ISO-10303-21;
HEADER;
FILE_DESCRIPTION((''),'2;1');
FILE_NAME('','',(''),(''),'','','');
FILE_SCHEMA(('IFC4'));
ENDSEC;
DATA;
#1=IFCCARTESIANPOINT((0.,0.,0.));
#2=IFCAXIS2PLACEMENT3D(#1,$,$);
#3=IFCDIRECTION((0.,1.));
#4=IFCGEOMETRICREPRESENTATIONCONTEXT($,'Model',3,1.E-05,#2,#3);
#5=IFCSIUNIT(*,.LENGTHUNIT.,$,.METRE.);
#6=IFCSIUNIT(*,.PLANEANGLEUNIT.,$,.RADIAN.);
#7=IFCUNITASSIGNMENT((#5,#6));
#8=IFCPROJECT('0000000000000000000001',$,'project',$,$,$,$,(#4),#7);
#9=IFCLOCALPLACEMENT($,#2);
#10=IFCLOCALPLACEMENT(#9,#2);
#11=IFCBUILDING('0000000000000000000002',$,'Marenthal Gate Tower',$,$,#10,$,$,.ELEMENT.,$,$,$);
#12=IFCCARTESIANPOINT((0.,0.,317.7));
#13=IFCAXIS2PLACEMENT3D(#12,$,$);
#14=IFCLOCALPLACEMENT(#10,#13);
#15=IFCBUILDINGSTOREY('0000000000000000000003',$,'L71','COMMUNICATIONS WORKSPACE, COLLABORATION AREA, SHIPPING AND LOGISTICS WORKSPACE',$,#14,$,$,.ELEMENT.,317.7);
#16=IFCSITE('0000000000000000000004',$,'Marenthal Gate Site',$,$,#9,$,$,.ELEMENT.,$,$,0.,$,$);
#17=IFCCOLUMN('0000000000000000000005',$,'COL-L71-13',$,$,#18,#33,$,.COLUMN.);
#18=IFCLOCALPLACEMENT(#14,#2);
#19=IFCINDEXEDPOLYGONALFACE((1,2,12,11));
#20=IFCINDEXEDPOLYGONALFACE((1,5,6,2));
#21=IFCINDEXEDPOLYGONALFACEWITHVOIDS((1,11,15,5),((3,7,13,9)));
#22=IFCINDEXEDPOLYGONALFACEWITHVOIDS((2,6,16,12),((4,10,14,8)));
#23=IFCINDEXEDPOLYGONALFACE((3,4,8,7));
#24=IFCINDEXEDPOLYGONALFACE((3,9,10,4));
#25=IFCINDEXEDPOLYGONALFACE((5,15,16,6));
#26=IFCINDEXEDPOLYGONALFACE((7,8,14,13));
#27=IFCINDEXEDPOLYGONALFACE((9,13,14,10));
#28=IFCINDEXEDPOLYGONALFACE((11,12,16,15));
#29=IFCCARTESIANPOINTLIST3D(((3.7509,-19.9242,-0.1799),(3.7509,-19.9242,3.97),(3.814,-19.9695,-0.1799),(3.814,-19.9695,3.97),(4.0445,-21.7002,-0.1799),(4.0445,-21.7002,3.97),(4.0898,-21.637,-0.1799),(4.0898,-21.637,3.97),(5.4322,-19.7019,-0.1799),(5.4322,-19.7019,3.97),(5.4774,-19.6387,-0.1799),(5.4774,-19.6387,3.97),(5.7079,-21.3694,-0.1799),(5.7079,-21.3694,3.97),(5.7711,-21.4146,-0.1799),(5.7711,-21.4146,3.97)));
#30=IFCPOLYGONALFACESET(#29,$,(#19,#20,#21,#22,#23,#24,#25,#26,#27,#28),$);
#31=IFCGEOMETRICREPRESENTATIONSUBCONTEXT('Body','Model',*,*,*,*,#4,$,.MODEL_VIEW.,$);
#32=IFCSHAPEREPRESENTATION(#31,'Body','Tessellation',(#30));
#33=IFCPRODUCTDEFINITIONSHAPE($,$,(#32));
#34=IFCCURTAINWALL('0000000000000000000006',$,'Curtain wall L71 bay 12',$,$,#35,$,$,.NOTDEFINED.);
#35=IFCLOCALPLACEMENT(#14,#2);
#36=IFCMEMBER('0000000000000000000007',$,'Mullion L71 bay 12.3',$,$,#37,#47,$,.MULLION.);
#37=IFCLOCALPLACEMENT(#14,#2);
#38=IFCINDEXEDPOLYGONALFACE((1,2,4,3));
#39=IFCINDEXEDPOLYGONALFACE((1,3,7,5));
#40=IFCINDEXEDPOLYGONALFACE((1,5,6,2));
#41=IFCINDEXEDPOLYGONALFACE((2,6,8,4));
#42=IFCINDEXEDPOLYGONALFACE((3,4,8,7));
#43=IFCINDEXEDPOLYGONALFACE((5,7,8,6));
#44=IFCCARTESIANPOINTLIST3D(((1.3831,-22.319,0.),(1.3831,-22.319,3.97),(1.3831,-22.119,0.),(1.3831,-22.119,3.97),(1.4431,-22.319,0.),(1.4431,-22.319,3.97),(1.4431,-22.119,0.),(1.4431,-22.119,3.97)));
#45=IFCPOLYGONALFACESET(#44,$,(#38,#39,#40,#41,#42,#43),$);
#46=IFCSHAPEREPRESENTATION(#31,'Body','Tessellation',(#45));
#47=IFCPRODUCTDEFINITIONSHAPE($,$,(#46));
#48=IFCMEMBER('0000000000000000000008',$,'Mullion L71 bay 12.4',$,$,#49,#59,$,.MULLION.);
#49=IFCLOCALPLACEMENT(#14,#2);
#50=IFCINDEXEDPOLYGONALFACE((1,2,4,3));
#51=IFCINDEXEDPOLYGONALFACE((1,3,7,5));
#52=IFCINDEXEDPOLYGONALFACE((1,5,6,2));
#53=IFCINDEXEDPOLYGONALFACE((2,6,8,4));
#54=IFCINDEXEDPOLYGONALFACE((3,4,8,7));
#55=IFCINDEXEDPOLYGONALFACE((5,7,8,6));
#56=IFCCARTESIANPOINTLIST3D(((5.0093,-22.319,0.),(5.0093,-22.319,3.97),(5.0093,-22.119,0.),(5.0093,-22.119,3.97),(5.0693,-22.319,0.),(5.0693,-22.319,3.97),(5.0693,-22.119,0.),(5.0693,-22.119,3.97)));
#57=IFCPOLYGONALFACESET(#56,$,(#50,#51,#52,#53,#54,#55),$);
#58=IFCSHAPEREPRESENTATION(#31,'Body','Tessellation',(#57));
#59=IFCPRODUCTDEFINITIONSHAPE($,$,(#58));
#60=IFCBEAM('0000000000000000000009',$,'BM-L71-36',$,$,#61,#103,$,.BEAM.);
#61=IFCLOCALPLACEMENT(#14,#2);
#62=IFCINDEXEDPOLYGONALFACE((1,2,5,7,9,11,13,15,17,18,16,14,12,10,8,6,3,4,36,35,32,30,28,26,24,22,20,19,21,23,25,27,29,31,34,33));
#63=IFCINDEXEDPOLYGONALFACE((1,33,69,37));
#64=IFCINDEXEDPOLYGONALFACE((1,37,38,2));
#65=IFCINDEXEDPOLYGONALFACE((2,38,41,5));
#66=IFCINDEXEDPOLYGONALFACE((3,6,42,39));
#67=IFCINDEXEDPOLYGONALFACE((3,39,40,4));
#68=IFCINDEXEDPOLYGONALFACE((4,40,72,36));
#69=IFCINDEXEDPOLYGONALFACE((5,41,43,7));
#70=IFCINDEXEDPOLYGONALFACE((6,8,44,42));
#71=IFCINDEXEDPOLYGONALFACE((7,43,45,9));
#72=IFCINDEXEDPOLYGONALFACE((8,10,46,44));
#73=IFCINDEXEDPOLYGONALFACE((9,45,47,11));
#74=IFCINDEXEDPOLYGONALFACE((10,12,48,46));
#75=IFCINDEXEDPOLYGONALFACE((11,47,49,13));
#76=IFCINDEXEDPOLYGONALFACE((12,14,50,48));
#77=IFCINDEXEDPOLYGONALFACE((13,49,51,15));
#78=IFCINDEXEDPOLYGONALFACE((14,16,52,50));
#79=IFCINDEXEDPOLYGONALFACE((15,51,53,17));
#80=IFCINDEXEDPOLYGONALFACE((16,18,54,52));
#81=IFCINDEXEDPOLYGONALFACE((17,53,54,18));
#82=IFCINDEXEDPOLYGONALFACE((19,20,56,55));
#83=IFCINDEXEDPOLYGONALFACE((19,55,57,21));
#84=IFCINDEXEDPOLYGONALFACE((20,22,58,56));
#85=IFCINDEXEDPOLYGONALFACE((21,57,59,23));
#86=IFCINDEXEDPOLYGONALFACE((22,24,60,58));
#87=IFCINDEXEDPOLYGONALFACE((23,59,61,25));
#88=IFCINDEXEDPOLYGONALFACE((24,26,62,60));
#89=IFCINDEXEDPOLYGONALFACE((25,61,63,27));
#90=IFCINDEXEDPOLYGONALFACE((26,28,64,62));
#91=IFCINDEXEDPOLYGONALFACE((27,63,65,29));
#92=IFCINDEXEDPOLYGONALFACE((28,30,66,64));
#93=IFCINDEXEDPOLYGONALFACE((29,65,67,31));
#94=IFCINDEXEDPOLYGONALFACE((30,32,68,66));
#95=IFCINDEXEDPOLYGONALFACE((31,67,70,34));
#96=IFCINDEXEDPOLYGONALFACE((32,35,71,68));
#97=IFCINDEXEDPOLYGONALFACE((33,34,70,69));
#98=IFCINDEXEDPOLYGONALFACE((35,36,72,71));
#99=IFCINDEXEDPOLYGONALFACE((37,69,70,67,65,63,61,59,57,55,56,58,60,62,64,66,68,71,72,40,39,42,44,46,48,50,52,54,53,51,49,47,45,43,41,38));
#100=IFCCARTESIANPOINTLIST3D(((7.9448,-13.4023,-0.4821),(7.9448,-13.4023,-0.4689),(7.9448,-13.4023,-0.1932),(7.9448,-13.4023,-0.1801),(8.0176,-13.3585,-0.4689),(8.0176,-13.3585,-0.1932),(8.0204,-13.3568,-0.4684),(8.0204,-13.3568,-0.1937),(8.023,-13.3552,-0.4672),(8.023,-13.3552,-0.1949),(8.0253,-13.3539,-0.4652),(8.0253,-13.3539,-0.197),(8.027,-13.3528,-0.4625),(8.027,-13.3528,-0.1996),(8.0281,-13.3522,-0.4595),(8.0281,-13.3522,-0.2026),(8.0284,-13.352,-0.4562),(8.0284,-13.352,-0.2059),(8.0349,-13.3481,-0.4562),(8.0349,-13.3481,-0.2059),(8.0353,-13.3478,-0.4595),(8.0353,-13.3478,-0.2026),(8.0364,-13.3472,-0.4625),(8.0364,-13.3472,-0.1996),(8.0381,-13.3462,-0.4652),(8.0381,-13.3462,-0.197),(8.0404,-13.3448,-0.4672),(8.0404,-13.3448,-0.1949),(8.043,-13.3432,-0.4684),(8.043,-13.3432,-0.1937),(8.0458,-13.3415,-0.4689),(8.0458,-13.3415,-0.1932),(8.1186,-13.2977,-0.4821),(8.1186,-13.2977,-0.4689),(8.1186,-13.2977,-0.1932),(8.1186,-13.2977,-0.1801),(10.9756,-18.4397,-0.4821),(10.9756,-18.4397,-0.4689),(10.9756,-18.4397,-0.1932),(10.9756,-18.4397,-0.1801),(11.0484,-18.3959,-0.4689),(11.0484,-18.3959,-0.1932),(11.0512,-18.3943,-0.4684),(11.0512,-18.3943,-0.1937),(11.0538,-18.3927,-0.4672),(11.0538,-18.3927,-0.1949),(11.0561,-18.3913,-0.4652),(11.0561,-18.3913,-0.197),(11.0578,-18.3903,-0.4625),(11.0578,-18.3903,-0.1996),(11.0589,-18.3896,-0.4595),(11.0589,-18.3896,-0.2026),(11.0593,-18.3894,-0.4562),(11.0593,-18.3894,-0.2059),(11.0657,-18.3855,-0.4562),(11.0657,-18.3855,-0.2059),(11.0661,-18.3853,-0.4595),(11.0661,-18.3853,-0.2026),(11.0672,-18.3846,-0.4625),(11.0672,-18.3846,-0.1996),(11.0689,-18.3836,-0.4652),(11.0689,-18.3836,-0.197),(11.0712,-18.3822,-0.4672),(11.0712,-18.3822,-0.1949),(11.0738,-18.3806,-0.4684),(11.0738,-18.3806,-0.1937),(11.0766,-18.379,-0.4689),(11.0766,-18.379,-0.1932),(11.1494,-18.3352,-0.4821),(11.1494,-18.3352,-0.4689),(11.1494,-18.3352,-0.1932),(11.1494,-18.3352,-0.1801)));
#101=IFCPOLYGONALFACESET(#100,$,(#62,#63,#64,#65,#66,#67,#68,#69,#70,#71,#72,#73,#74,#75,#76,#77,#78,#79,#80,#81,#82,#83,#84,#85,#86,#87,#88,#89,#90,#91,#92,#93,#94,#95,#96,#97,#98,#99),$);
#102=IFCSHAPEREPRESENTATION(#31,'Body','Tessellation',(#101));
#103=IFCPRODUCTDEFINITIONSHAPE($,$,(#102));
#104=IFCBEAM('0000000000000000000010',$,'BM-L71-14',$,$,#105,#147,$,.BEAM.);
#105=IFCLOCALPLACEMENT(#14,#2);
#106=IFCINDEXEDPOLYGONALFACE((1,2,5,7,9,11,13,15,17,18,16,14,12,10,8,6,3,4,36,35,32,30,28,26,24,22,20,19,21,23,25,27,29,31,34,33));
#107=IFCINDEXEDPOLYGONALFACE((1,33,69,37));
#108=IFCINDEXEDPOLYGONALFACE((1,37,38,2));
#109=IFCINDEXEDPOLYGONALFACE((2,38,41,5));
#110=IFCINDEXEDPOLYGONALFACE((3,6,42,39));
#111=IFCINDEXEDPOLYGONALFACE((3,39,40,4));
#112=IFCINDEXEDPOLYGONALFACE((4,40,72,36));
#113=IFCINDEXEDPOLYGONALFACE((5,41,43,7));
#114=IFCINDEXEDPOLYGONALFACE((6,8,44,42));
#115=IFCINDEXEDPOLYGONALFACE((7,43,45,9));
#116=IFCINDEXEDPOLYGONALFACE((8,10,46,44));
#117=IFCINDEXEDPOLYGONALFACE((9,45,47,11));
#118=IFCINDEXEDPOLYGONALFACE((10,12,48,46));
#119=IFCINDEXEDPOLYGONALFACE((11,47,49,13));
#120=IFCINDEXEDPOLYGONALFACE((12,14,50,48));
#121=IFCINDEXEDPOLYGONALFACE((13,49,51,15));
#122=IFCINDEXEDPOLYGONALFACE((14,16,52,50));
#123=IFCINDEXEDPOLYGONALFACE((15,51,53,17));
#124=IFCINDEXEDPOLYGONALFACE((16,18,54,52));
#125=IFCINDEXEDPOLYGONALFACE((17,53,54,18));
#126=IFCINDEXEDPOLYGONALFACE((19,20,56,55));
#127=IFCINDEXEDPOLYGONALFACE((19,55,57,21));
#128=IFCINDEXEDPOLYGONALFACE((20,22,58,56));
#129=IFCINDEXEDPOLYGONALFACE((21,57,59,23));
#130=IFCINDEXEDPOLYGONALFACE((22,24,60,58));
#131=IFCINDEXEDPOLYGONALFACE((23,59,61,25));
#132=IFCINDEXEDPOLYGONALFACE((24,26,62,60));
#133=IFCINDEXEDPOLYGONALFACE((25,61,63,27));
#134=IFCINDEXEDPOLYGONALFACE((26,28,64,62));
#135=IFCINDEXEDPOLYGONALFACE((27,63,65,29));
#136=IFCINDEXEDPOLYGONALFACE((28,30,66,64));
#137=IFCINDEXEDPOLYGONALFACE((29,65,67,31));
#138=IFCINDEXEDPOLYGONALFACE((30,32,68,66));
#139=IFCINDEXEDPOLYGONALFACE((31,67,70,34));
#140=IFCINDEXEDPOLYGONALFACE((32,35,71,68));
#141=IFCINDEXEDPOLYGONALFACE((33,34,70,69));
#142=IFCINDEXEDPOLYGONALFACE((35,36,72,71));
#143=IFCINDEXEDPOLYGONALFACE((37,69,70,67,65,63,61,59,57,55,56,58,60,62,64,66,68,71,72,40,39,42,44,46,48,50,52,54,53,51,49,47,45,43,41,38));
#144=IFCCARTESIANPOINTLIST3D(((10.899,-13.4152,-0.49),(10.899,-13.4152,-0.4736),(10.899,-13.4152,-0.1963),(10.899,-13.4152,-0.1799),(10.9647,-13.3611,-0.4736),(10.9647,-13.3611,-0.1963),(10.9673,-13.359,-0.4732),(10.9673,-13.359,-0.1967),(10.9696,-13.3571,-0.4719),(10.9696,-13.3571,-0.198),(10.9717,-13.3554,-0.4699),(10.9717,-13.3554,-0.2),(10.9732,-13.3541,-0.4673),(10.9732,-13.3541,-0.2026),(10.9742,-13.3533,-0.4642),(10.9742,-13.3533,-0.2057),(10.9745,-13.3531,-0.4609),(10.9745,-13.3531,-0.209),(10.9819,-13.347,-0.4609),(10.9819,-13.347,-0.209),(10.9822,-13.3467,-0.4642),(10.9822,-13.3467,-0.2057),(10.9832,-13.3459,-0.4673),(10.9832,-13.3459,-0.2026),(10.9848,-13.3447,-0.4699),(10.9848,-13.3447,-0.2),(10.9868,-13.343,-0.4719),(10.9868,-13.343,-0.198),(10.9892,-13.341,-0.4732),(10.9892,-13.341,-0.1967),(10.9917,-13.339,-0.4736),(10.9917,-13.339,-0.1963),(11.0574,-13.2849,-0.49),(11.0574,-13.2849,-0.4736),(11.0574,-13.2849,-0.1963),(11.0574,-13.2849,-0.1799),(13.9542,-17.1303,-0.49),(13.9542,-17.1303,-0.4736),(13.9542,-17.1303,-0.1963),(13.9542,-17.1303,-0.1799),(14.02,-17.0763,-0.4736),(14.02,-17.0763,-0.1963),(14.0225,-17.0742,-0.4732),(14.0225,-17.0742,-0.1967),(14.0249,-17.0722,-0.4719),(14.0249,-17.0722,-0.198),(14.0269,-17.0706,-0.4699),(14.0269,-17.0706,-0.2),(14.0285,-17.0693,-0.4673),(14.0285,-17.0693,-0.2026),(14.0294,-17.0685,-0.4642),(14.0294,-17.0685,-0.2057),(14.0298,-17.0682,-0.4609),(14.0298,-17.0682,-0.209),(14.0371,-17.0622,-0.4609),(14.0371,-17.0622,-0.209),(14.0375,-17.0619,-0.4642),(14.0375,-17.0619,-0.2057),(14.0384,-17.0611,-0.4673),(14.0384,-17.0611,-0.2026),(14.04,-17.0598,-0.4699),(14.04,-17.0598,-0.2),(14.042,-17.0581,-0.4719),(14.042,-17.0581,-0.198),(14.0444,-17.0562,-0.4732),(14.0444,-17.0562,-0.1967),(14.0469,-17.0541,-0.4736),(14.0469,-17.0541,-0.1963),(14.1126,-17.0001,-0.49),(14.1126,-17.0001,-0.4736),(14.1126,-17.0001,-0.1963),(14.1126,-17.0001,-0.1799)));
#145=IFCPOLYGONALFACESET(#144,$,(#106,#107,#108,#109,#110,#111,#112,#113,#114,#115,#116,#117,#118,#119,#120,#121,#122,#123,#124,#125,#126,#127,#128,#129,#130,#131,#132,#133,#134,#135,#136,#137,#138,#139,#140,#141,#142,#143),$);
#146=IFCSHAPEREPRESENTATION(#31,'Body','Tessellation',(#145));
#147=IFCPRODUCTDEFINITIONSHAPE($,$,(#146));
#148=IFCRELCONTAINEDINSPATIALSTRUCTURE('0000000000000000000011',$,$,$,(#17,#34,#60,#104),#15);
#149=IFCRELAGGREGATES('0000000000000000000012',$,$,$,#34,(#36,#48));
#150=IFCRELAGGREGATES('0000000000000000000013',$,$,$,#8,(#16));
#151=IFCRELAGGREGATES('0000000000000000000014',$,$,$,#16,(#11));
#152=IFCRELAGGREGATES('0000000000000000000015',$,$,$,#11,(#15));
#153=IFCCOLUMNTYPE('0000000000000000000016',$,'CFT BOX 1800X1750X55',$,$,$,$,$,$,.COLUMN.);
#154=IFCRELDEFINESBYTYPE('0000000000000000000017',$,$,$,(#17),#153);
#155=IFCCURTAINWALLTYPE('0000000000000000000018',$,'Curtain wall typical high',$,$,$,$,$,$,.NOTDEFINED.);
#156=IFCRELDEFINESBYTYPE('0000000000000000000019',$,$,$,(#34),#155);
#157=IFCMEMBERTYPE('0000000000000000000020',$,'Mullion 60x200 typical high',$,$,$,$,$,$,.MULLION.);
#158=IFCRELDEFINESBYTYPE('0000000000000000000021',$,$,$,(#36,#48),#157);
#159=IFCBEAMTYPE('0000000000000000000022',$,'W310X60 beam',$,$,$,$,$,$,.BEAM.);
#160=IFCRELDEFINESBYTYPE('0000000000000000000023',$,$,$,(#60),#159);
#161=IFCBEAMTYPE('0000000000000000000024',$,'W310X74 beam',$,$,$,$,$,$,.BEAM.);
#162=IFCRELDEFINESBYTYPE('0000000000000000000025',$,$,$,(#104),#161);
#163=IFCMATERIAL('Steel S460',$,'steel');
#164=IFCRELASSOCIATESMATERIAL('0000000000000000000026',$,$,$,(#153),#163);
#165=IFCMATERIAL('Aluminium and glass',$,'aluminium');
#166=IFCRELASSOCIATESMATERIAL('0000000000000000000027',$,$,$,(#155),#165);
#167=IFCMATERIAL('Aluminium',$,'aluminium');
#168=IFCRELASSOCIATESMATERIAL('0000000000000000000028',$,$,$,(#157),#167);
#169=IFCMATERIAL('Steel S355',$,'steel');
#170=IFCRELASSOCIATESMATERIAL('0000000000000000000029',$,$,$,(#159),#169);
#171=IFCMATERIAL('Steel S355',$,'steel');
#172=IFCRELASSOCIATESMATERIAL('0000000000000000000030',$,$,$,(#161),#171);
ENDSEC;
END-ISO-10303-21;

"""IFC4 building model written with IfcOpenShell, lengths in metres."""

from ifc_helpers import new_model, si_unit, direction, frame, origin, origin_2d, place, context, subcontext, project, spatial, rectangle, hollow_rectangle, i_section, extrude, material, material_profile, profile_set, type_object, element, aggregate, save


model = new_model("IFC4")

# Units and contexts
model_context = context("Model", 3, precision=1e-05, world=origin(), true_north=direction((0.0, 1.0)))
body_context = subcontext(model_context, "Body", "Model", "MODEL_VIEW")
ifc_project = project(units=[si_unit("LENGTHUNIT", "METRE"), si_unit("PLANEANGLEUNIT", "RADIAN")], contexts=[model_context])

# Site, building, storey
site_placement = place(None, origin())
site = spatial("IfcSite", under=ifc_project, at=site_placement, Name="Marenthal Gate Site", CompositionType="ELEMENT", RefElevation=0.0)
building_placement = place(site_placement, origin())
building = spatial("IfcBuilding", under=site, at=building_placement, Name="Marenthal Gate Tower", CompositionType="ELEMENT")
storey_placement = place(building_placement, frame((0.0, 0.0, 317.7)))
storey = spatial("IfcBuildingStorey", under=building, at=storey_placement, Name="L71", Description="COMMUNICATIONS WORKSPACE, COLLABORATION AREA, SHIPPING AND LOGISTICS WORKSPACE", CompositionType="ELEMENT", Elevation=317.7)

# Column
ifc_material_1 = material(Name="Steel S460", Category="steel")
ifc_material_profile_1 = material_profile(ifc_material_1, hollow_rectangle(XDim=1.75, YDim=1.8, WallThickness=0.0549, at=origin_2d()), Name="CFT BOX 1800X1750X55")
ifc_material_2 = material(Name="Concrete 70 MPa", Category="concrete")
ifc_material_profile_2 = material_profile(ifc_material_2, rectangle(XDim=1.6399, YDim=1.6899, at=origin_2d()), Name="CFT BOX 1800X1750X55 INFILL")
ifc_profile_set_1 = profile_set([ifc_material_profile_1, ifc_material_profile_2], Name="Steel S460 shell, Concrete 70 MPa infill")
column_type = type_object("IfcColumnType", Name="CFT BOX 1800X1750X55", PredefinedType="COLUMN", material=ifc_profile_set_1)
column_placement = place(storey_placement, frame((4.761, -20.6694, -0.1799), z_axis=(0.0, 0.0, 1.0), x_axis=(-0.986602, -0.163147, 0.0)))
element("IfcColumn", 1, at=column_placement, inside=storey, type_object=column_type, Name="COL-L71-13", PredefinedType="COLUMN", context=body_context, shape_type="SweptSolid", body=[
    extrude(hollow_rectangle(XDim=1.75, YDim=1.8, WallThickness=0.0549, at=origin_2d()), origin(), (0.0, 0.0, 1.0), 4.1499),
])

# Curtain wall, members
ifc_material_3 = material(Name="Aluminium and glass", Category="aluminium")
curtain_wall_type = type_object("IfcCurtainWallType", Name="Curtain wall typical high", PredefinedType="NOTDEFINED", material=ifc_material_3)
curtain_wall_placement = place(storey_placement, origin())
curtain_wall = element("IfcCurtainWall", 2, at=curtain_wall_placement, inside=storey, type_object=curtain_wall_type, Name="Curtain wall L71 bay 12", PredefinedType="NOTDEFINED")
ifc_material_4 = material(Name="Aluminium", Category="aluminium")
ifc_material_profile_3 = material_profile(ifc_material_4, rectangle(XDim=0.2, YDim=0.0601, at=origin_2d()), Name="60x200 aluminium mullion")
ifc_profile_set_2 = profile_set([ifc_material_profile_3], Name="Aluminium")
member_type = type_object("IfcMemberType", Name="Mullion 60x200 typical high", PredefinedType="MULLION", material=ifc_profile_set_2)
member_1_placement = place(storey_placement, frame((1.4131, -22.219, 0.0), z_axis=(0.0, 0.0, 1.0), x_axis=(0.0, 1.0, 0.0)))
member_1 = element("IfcMember", 3, at=member_1_placement, type_object=member_type, Name="Mullion L71 bay 12.3", PredefinedType="MULLION", context=body_context, shape_type="SweptSolid", body=[
    extrude(rectangle(XDim=0.2, YDim=0.0601, at=origin_2d()), origin(), (0.0, 0.0, 1.0), 3.97),
])
member_2_placement = place(storey_placement, frame((5.0393, -22.219, 0.0), z_axis=(0.0, 0.0, 1.0), x_axis=(0.0, 1.0, 0.0)))
member_2 = element("IfcMember", 4, at=member_2_placement, type_object=member_type, Name="Mullion L71 bay 12.4", PredefinedType="MULLION", context=body_context, shape_type="SweptSolid", body=[
    extrude(rectangle(XDim=0.2, YDim=0.0601, at=origin_2d()), origin(), (0.0, 0.0, 1.0), 3.97),
])

# Beams
ifc_material_5 = material(Name="Steel S355", Category="steel")
ifc_material_profile_4 = material_profile(ifc_material_5, i_section(OverallWidth=0.2029, OverallDepth=0.302, WebThickness=0.0076, FlangeThickness=0.0132, FilletRadius=0.0127, at=origin_2d()), Name="W310X60")
ifc_profile_set_3 = profile_set([ifc_material_profile_4], Name="Steel S355")
beam_type_1 = type_object("IfcBeamType", Name="W310X60 beam", PredefinedType="BEAM", material=ifc_profile_set_3)
beam_1_placement = place(storey_placement, frame((11.0625, -18.3875, -0.3311), z_axis=(-0.51554, 0.856866, 0.0), x_axis=(-0.856866, -0.51554, 0.0)))
element("IfcBeam", 5, at=beam_1_placement, inside=storey, type_object=beam_type_1, Name="BM-L71-36", PredefinedType="BEAM", context=body_context, shape_type="SweptSolid", body=[
    extrude(i_section(OverallWidth=0.2029, OverallDepth=0.302, WebThickness=0.0076, FlangeThickness=0.0132, FilletRadius=0.0127, at=origin_2d()), origin(), (0.0, 0.0, 1.0), 5.8789),
])
ifc_material_6 = material(Name="Steel S355", Category="steel")
ifc_material_profile_5 = material_profile(ifc_material_6, i_section(OverallWidth=0.2051, OverallDepth=0.3101, WebThickness=0.0095, FlangeThickness=0.0164, FilletRadius=0.0127, at=origin_2d()), Name="W310X74")
ifc_profile_set_4 = profile_set([ifc_material_profile_5], Name="Steel S355")
beam_type_2 = type_object("IfcBeamType", Name="W310X74 beam", PredefinedType="BEAM", material=ifc_profile_set_4)
beam_2_placement = place(storey_placement, frame((14.0334, -17.0652, -0.335), z_axis=(-0.635173, 0.77237, 0.0), x_axis=(-0.77237, -0.635173, 0.0)))
element("IfcBeam", 6, at=beam_2_placement, inside=storey, type_object=beam_type_2, Name="BM-L71-14", PredefinedType="BEAM", context=body_context, shape_type="SweptSolid", body=[
    extrude(i_section(OverallWidth=0.2051, OverallDepth=0.3101, WebThickness=0.0095, FlangeThickness=0.0164, FilletRadius=0.0127, at=origin_2d()), origin(), (0.0, 0.0, 1.0), 4.8101),
])

aggregate(curtain_wall, [member_1, member_2])

save(model, "model.ifc")
